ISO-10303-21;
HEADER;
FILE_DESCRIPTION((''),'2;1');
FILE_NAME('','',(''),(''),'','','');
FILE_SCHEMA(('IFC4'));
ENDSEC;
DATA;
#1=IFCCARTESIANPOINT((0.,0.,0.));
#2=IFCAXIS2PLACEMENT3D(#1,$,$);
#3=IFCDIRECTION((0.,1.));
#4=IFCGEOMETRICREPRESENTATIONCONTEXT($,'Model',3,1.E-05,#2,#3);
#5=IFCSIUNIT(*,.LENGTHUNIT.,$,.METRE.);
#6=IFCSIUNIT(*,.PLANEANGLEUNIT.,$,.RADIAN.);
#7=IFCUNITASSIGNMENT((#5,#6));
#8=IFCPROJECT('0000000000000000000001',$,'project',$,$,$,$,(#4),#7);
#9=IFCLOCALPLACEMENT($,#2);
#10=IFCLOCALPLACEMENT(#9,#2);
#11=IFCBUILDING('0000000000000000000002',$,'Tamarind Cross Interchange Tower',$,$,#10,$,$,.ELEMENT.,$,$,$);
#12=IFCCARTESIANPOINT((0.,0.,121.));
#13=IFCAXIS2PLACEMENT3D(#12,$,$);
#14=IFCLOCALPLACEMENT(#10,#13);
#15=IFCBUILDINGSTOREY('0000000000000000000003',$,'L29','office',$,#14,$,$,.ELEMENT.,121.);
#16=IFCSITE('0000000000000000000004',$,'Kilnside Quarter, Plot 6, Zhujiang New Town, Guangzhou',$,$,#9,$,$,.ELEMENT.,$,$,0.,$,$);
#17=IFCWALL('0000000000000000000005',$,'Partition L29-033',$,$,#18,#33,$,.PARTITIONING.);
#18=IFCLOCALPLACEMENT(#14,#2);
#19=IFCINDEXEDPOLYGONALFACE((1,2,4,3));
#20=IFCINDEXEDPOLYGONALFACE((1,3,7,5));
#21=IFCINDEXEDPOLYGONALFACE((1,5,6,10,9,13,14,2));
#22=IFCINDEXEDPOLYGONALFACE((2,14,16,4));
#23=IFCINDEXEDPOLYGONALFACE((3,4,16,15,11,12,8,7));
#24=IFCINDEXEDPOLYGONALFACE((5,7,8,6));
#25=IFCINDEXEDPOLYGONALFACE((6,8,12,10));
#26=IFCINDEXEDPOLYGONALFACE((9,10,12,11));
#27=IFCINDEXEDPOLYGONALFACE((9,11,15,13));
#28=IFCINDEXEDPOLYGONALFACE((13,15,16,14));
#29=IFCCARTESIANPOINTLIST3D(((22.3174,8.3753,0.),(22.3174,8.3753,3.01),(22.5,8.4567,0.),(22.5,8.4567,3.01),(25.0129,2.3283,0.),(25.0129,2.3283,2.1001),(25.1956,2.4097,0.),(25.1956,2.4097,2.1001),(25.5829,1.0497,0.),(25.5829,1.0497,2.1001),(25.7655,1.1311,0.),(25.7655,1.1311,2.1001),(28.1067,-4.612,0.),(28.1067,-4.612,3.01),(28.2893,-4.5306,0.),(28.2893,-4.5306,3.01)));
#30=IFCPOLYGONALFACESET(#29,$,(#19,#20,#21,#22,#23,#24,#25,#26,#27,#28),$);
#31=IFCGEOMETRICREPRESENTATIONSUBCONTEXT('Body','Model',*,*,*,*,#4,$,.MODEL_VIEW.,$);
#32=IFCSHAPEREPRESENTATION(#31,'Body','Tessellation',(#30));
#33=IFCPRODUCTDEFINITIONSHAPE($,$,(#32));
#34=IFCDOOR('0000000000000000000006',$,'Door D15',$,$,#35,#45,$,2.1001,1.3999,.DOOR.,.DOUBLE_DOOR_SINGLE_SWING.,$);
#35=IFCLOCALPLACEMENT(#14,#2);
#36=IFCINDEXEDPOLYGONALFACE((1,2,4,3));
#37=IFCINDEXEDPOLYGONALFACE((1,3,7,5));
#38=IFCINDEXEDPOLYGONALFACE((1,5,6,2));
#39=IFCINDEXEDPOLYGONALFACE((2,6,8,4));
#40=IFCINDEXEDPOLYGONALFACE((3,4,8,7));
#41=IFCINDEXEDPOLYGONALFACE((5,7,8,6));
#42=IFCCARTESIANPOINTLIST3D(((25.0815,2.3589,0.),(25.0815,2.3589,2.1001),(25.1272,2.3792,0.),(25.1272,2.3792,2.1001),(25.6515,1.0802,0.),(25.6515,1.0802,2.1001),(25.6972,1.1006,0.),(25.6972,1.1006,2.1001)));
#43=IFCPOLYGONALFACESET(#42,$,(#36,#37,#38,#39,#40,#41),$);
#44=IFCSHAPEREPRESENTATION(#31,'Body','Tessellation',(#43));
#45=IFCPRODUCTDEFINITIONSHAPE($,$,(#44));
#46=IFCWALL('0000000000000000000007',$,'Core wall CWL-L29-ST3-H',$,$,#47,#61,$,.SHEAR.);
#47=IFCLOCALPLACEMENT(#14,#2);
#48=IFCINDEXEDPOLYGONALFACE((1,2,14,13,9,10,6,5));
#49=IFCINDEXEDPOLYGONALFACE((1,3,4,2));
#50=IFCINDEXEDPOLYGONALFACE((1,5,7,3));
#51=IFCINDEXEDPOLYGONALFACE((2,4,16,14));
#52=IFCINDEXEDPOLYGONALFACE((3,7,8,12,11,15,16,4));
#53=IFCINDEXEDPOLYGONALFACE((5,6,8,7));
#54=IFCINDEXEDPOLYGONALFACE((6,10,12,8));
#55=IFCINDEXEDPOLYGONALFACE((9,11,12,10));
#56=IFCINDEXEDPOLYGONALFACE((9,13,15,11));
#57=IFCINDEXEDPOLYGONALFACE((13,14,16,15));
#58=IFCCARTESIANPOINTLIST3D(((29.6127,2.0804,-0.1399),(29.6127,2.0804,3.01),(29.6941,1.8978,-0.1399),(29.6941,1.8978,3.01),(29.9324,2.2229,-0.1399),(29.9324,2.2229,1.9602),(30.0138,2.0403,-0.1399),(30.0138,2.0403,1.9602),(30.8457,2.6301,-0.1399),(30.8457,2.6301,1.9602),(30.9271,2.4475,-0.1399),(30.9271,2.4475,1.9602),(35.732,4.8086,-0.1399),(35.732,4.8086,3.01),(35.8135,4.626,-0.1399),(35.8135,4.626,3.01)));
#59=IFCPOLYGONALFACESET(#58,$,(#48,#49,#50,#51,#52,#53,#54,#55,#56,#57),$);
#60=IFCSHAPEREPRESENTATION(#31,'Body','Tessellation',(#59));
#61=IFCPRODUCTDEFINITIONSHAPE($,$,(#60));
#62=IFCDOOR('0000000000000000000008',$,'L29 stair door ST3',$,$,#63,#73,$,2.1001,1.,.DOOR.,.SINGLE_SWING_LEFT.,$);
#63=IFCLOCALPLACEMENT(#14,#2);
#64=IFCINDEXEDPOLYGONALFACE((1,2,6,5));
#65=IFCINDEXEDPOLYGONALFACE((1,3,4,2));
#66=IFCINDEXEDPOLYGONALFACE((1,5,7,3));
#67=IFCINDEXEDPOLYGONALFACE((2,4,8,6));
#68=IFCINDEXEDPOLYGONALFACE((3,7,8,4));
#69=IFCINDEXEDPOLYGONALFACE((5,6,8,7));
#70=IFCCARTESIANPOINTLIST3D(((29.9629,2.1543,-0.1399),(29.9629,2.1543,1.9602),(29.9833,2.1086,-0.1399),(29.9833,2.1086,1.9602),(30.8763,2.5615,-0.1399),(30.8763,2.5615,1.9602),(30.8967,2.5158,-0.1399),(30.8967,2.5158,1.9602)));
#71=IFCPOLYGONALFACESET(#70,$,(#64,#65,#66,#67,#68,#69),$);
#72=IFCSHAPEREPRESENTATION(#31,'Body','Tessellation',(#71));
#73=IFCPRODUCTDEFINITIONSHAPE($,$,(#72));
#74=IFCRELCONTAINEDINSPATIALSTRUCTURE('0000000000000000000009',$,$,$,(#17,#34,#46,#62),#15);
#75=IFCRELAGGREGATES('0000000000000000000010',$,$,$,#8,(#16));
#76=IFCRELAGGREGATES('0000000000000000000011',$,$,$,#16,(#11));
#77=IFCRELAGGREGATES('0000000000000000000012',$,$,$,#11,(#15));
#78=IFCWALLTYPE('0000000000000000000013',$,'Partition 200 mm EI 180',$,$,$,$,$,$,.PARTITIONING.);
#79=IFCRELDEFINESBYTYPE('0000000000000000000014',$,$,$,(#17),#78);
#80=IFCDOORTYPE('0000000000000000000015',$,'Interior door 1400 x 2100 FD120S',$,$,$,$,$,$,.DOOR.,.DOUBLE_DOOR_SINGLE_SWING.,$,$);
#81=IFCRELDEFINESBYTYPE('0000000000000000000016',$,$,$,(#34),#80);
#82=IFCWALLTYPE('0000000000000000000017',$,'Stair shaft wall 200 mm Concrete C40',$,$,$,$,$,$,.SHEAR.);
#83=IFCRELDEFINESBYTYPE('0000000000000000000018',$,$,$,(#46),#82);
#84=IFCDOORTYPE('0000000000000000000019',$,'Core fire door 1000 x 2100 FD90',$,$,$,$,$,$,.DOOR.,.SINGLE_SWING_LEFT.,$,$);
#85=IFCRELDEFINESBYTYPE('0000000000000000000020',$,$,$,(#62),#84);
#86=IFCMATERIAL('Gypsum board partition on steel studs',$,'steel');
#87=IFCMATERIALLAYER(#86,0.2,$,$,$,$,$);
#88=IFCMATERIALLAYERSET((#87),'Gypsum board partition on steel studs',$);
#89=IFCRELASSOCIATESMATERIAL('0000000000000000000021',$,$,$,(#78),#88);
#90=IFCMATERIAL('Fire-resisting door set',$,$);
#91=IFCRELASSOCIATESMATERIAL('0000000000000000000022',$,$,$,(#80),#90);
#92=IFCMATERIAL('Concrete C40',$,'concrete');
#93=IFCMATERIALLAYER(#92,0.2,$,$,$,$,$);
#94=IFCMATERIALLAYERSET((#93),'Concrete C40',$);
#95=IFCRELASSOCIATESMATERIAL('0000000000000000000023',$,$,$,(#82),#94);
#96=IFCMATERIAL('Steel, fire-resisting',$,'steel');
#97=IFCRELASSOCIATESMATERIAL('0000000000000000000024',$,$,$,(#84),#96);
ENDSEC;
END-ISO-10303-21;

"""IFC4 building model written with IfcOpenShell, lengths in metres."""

from ifc_helpers import new_model, si_unit, direction, frame, frame_2d, origin, place, context, subcontext, project, spatial, rectangle, extrude, material, layer, layer_set, type_object, element, fill, save


model = new_model("IFC4")

# Units and contexts
model_context = context("Model", 3, precision=1e-05, world=origin(), true_north=direction((0.0, 1.0)))
body_context = subcontext(model_context, "Body", "Model", "MODEL_VIEW")
ifc_project = project(units=[si_unit("LENGTHUNIT", "METRE"), si_unit("PLANEANGLEUNIT", "RADIAN")], contexts=[model_context])

# Site, building, storey
site_placement = place(None, origin())
site = spatial("IfcSite", under=ifc_project, at=site_placement, Name="Kilnside Quarter, Plot 6, Zhujiang New Town, Guangzhou", CompositionType="ELEMENT", RefElevation=0.0)
building_placement = place(site_placement, origin())
building = spatial("IfcBuilding", under=site, at=building_placement, Name="Tamarind Cross Interchange Tower", CompositionType="ELEMENT")
storey_placement = place(building_placement, frame((0.0, 0.0, 121.0)))
storey = spatial("IfcBuildingStorey", under=building, at=storey_placement, Name="L29", Description="office", CompositionType="ELEMENT", Elevation=121.0)

# Shared definitions
ifc_material_1 = material(Name="Gypsum board partition on steel studs", Category="steel")

# Shared definitions
ifc_material_2 = material(Name="Fire-resisting door set")

# Walls, openings, doors
ifc_layer_1 = layer(ifc_material_1, 0.2)
ifc_layer_set_1 = layer_set([ifc_layer_1], Name="Gypsum board partition on steel studs")
wall_type_1 = type_object("IfcWallType", Name="Partition 200 mm EI 180", PredefinedType="PARTITIONING", material=ifc_layer_set_1)
wall_1_placement = place(storey_placement, frame((22.4087, 8.416, 0.0), z_axis=(0.0, 0.0, 1.0), x_axis=(0.407147, -0.913363, 0.0)))
wall_1 = element("IfcWall", 1, at=wall_1_placement, inside=storey, type_object=wall_type_1, Name="Partition L29-033", PredefinedType="PARTITIONING", context=body_context, shape_type="SweptSolid", body=[
    extrude(rectangle(XDim=14.2192, YDim=0.2, at=frame_2d((7.1096, 0.0))), origin(), (0.0, 0.0, 1.0), 3.01),
])
opening_1_placement = place(wall_1_placement, frame((6.6206, 0.0, 0.0)))
opening_1 = element("IfcOpeningElement", 2, at=opening_1_placement, cuts=wall_1, PredefinedType="OPENING", context=body_context, shape_type="SweptSolid", body=[
    extrude(rectangle(XDim=1.3999, YDim=2.1001, at=frame_2d((0.7, 1.05))), frame((0.0, 0.1099, 0.0), z_axis=(0.0, -1.0, 0.0), x_axis=(1.0, 0.0, 0.0)), (0.0, 0.0, 1.0), 0.22),
])
door_type_1 = type_object("IfcDoorType", Name="Interior door 1400 x 2100 FD120S", OperationType="DOUBLE_DOOR_SINGLE_SWING", PredefinedType="DOOR", material=ifc_material_2)
door_1_placement = place(opening_1_placement, frame((1.3999, 0.0, 0.0), z_axis=(0.0, 0.0, 1.0), x_axis=(-1.0, 0.0, 0.0)))
door_1 = element("IfcDoor", 3, at=door_1_placement, inside=storey, type_object=door_type_1, Name="Door D15", OperationType="DOUBLE_DOOR_SINGLE_SWING", OverallHeight=2.1001, OverallWidth=1.3999, PredefinedType="DOOR", context=body_context, shape_type="SweptSolid", body=[
    extrude(rectangle(XDim=1.3999, YDim=2.1001, at=frame_2d((0.7, 1.05))), frame((0.0, 0.0249, 0.0), z_axis=(0.0, -1.0, 0.0), x_axis=(1.0, 0.0, 0.0)), (0.0, 0.0, 1.0), 0.05),
])
fill(opening_1, door_1)
ifc_material_3 = material(Name="Concrete C40", Category="concrete")
ifc_layer_2 = layer(ifc_material_3, 0.2)
ifc_layer_set_2 = layer_set([ifc_layer_2], Name="Concrete C40")
wall_type_2 = type_object("IfcWallType", Name="Stair shaft wall 200 mm Concrete C40", PredefinedType="SHEAR", material=ifc_layer_set_2)
wall_2_placement = place(storey_placement, frame((29.6533, 1.989, -0.1399), z_axis=(0.0, 0.0, 1.0), x_axis=(0.913338, 0.407203, 0.0)))
wall_2 = element("IfcWall", 4, at=wall_2_placement, inside=storey, type_object=wall_type_2, Name="Core wall CWL-L29-ST3-H", PredefinedType="SHEAR", context=body_context, shape_type="SweptSolid", body=[
    extrude(rectangle(XDim=6.7, YDim=0.2, at=frame_2d((3.3501, 0.0))), origin(), (0.0, 0.0, 1.0), 3.1499),
])
opening_2_placement = place(wall_2_placement, frame((0.3501, 0.0, 0.0)))
opening_2 = element("IfcOpeningElement", 5, at=opening_2_placement, cuts=wall_2, PredefinedType="OPENING", context=body_context, shape_type="SweptSolid", body=[
    extrude(rectangle(XDim=1.0, YDim=2.1001, at=frame_2d((0.5, 1.05))), frame((0.0, 0.1099, 0.0), z_axis=(0.0, -1.0, 0.0), x_axis=(1.0, 0.0, 0.0)), (0.0, 0.0, 1.0), 0.22),
])
ifc_material_4 = material(Name="Steel, fire-resisting", Category="steel")
door_type_2 = type_object("IfcDoorType", Name="Core fire door 1000 x 2100 FD90", OperationType="SINGLE_SWING_LEFT", PredefinedType="DOOR", material=ifc_material_4)
door_2_placement = place(opening_2_placement, origin())
door_2 = element("IfcDoor", 6, at=door_2_placement, inside=storey, type_object=door_type_2, Name="L29 stair door ST3", OperationType="SINGLE_SWING_LEFT", OverallHeight=2.1001, OverallWidth=1.0, PredefinedType="DOOR", context=body_context, shape_type="SweptSolid", body=[
    extrude(rectangle(XDim=1.0, YDim=2.1001, at=frame_2d((0.5, 1.05))), frame((0.0, 0.0249, 0.0), z_axis=(0.0, -1.0, 0.0), x_axis=(1.0, 0.0, 0.0)), (0.0, 0.0, 1.0), 0.05),
])
fill(opening_2, door_2)

save(model, "model.ifc")
